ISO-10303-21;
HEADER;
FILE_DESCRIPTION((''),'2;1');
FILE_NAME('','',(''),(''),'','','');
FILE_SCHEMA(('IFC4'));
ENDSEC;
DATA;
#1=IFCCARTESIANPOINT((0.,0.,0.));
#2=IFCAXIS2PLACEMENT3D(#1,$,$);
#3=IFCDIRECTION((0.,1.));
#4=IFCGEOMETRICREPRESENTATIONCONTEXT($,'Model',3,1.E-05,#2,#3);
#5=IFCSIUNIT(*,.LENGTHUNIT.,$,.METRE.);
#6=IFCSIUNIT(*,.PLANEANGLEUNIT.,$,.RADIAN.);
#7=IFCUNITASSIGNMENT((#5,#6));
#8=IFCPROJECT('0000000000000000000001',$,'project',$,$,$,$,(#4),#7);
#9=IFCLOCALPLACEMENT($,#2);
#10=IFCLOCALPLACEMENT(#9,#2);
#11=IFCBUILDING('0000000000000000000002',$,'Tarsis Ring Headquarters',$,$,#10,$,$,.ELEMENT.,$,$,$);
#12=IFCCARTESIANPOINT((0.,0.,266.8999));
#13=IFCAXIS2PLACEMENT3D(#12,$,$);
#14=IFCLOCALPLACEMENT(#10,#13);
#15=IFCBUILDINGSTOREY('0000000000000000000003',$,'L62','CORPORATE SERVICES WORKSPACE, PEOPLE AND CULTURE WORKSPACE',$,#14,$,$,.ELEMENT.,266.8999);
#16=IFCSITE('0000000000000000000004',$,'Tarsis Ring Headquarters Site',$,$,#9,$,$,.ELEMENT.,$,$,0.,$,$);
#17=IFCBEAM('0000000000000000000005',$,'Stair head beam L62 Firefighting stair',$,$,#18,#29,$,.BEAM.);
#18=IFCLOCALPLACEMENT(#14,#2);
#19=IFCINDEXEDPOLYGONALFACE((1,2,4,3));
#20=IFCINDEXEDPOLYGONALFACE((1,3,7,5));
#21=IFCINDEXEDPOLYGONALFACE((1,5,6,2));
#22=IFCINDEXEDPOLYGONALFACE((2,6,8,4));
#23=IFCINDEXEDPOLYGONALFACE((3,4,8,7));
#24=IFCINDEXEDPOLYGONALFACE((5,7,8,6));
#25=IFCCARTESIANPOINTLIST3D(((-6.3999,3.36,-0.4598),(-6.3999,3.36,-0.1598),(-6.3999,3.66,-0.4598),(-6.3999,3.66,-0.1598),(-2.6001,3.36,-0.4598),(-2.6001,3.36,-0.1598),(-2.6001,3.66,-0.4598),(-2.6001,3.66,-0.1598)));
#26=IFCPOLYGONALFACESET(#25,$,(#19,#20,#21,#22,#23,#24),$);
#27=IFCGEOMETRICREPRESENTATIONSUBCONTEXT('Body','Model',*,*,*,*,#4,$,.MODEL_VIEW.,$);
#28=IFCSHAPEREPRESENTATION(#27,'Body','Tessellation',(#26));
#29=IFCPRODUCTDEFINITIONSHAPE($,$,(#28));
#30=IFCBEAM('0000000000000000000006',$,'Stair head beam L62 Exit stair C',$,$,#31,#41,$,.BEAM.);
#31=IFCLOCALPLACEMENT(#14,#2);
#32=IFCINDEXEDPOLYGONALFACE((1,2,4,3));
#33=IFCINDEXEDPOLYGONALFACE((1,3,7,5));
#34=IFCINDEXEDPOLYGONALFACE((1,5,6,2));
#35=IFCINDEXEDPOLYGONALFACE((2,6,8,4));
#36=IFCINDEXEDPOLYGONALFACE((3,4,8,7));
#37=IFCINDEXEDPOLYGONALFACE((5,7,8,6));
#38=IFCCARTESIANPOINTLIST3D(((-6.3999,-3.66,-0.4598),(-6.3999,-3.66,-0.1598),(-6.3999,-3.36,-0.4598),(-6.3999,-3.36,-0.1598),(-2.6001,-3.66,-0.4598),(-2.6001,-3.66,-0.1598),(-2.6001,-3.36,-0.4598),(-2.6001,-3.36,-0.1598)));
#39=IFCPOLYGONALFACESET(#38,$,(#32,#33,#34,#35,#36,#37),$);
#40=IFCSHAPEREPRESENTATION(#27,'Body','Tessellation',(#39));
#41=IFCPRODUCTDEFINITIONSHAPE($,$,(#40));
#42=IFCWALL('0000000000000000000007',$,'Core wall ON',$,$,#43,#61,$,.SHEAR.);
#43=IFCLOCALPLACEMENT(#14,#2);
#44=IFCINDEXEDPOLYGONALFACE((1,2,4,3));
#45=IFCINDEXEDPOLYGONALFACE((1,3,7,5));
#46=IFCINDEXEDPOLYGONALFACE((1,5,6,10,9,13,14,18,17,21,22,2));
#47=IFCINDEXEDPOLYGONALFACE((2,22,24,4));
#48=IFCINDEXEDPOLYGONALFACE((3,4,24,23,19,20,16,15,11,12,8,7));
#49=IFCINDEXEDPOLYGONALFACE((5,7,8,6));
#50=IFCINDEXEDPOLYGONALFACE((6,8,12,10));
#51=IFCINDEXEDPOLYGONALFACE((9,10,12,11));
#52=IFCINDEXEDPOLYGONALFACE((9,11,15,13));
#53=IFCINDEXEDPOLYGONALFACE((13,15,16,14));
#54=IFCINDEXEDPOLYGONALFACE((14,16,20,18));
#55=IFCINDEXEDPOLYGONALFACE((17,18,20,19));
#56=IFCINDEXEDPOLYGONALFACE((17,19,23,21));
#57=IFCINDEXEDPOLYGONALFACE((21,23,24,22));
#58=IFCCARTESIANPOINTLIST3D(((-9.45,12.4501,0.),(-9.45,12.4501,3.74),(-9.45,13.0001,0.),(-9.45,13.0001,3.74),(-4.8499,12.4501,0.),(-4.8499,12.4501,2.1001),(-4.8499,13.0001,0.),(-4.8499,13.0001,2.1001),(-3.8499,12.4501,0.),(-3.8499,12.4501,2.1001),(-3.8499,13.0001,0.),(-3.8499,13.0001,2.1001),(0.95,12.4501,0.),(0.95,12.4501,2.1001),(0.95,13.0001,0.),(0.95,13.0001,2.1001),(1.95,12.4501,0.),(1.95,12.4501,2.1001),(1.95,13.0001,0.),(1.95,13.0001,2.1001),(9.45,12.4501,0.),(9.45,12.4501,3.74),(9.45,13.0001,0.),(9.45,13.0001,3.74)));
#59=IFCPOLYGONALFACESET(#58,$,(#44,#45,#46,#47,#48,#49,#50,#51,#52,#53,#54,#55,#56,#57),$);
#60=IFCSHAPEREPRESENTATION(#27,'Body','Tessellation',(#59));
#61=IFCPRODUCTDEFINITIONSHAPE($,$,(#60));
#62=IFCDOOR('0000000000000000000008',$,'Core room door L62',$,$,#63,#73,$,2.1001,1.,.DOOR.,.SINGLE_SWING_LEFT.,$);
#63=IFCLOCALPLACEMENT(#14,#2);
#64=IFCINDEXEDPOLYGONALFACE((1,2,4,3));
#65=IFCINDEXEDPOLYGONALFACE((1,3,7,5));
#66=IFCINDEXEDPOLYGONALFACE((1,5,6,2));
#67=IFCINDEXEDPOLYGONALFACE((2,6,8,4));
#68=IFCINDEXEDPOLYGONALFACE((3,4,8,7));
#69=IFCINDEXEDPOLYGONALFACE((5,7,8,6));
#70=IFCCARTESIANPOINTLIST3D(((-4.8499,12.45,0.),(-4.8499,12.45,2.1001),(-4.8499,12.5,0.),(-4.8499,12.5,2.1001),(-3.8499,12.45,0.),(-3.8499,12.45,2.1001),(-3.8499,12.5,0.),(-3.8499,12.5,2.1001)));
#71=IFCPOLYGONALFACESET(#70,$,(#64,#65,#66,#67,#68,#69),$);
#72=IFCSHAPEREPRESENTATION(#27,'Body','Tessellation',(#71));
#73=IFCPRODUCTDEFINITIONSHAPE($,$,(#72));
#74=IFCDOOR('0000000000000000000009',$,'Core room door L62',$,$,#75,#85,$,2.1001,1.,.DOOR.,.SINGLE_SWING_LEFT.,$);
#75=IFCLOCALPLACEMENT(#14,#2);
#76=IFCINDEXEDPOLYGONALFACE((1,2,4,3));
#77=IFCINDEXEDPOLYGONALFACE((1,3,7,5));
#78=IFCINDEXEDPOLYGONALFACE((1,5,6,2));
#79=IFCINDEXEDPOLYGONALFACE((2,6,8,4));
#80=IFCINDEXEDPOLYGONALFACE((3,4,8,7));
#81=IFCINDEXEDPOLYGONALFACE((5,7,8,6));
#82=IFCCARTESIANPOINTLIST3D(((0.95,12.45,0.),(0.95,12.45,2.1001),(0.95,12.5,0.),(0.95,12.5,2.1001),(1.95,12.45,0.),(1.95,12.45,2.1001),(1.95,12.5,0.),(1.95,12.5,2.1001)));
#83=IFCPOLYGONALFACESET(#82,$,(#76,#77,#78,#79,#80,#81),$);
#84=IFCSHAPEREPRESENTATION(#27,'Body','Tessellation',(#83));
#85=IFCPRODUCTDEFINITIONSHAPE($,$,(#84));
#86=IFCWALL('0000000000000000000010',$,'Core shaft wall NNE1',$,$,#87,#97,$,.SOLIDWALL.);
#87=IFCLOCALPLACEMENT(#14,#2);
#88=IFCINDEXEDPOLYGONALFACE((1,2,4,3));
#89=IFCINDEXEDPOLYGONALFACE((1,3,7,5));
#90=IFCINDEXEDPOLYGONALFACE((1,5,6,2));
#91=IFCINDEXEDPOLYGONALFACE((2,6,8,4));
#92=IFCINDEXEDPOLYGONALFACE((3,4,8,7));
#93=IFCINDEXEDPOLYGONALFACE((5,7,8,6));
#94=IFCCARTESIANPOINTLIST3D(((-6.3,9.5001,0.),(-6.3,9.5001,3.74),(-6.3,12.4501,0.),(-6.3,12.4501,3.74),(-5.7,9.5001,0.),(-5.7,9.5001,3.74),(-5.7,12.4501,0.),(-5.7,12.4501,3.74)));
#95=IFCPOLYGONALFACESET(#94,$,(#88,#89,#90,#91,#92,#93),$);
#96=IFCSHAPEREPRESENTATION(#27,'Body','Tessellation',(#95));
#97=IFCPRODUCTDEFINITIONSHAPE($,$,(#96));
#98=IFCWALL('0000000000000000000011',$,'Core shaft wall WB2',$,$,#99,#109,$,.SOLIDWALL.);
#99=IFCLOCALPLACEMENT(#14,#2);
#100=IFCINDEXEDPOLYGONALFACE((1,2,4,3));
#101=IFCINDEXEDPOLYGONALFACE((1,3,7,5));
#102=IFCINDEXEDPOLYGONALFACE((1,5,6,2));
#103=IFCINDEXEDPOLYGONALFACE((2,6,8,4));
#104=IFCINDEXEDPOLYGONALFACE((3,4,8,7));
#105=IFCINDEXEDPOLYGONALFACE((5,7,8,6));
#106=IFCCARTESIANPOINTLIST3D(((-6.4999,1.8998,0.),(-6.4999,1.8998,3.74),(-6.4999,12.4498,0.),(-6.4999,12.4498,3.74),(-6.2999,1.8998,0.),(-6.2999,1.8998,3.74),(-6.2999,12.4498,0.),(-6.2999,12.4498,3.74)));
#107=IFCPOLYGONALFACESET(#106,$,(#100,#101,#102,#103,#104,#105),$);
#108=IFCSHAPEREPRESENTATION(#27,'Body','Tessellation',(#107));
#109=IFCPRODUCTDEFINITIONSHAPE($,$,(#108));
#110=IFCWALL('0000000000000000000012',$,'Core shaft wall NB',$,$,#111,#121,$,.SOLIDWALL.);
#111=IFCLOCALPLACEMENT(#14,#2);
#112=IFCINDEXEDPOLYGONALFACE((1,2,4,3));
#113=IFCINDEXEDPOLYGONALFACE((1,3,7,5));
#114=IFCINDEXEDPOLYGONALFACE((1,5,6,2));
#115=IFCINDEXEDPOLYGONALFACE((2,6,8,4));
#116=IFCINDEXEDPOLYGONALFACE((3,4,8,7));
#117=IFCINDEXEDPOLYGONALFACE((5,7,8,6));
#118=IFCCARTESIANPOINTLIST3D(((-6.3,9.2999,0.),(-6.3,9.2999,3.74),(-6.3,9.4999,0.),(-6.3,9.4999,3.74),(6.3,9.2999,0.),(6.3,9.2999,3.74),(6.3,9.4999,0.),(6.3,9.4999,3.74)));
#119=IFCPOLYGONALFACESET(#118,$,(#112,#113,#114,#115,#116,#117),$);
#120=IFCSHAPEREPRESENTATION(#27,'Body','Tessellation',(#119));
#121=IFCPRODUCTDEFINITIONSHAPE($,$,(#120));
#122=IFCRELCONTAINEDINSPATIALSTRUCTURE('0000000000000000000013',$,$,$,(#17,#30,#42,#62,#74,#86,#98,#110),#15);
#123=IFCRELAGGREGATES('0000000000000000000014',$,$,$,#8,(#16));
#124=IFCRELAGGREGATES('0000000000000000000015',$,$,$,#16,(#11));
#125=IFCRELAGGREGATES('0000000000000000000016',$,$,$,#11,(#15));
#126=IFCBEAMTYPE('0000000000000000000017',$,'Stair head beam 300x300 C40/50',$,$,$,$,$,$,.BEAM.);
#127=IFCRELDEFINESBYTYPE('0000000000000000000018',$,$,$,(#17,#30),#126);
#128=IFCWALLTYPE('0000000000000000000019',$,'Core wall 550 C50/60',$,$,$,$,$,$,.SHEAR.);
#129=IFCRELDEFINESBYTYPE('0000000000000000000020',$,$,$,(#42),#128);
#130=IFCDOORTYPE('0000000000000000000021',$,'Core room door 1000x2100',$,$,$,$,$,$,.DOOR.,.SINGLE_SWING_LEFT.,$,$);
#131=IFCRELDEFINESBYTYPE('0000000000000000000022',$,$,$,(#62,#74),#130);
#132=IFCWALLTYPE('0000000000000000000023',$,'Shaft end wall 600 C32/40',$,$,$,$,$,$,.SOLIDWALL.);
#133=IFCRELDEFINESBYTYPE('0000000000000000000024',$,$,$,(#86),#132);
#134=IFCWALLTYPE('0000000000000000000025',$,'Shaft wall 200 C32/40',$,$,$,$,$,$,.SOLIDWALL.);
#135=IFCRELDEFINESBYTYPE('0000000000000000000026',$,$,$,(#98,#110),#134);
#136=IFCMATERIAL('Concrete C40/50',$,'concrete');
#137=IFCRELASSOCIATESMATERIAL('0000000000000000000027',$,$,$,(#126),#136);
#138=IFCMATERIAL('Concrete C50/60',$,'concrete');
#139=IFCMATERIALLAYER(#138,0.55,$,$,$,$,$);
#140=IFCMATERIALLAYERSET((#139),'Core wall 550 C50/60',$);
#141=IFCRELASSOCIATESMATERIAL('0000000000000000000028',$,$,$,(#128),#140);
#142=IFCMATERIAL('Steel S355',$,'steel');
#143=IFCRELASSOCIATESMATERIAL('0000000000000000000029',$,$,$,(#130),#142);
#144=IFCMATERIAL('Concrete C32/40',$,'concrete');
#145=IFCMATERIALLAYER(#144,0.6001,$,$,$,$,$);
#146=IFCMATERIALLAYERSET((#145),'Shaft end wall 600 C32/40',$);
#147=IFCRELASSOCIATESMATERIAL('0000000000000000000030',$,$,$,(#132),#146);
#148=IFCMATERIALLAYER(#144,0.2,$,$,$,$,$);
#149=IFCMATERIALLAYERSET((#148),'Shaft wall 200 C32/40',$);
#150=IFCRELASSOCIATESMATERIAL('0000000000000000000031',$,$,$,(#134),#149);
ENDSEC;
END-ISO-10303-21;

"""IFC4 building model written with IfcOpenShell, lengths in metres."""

from ifc_helpers import new_model, si_unit, direction, frame, frame_2d, origin, origin_2d, place, context, subcontext, project, spatial, rectangle, extrude, material, layer, layer_set, material_profile, profile_set, type_object, element, fill, save


model = new_model("IFC4")

# Units and contexts
model_context = context("Model", 3, precision=1e-05, world=origin(), true_north=direction((0.0, 1.0)))
body_context = subcontext(model_context, "Body", "Model", "MODEL_VIEW")
ifc_project = project(units=[si_unit("LENGTHUNIT", "METRE"), si_unit("PLANEANGLEUNIT", "RADIAN")], contexts=[model_context])

# Site, building, storey
site_placement = place(None, origin())
site = spatial("IfcSite", under=ifc_project, at=site_placement, Name="Tarsis Ring Headquarters Site", CompositionType="ELEMENT", RefElevation=0.0)
building_placement = place(site_placement, origin())
building = spatial("IfcBuilding", under=site, at=building_placement, Name="Tarsis Ring Headquarters", CompositionType="ELEMENT")
storey_placement = place(building_placement, frame((0.0, 0.0, 266.8999)))
storey = spatial("IfcBuildingStorey", under=building, at=storey_placement, Name="L62", Description="CORPORATE SERVICES WORKSPACE, PEOPLE AND CULTURE WORKSPACE", CompositionType="ELEMENT", Elevation=266.8999)

# Beams
ifc_material_1 = material(Name="Concrete C40/50", Category="concrete")
ifc_material_profile = material_profile(ifc_material_1, rectangle(XDim=0.3, YDim=0.3, at=origin_2d()), Name="Stair head beam 300x300 C40/50")
ifc_profile_set = profile_set([ifc_material_profile], Name="Concrete C40/50")
beam_type = type_object("IfcBeamType", Name="Stair head beam 300x300 C40/50", PredefinedType="BEAM", material=ifc_profile_set)
for number, where, z_axis, x_axis, name in (
    (1, (-6.3999, 3.51, -0.3098), (1.0, 0.0, 0.0), (0.0, 1.0, 0.0), "Stair head beam L62 Firefighting stair"),
    (2, (-6.3999, -3.51, -0.3098), (1.0, 0.0, 0.0), (0.0, 1.0, 0.0), "Stair head beam L62 Exit stair C"),
):
    element("IfcBeam", number, at=place(storey_placement, frame(where, z_axis=z_axis, x_axis=x_axis)), inside=storey, type_object=beam_type, Name=name, PredefinedType="BEAM", context=body_context, shape_type="SweptSolid", body=[
        extrude(rectangle(XDim=0.3, YDim=0.3, at=origin_2d()), origin(), (0.0, 0.0, 1.0), 3.7998),
    ])

# Wall, openings, doors
ifc_material_2 = material(Name="Concrete C50/60", Category="concrete")
ifc_layer_1 = layer(ifc_material_2, 0.55)
ifc_layer_set_1 = layer_set([ifc_layer_1], Name="Core wall 550 C50/60")
wall_type_1 = type_object("IfcWallType", Name="Core wall 550 C50/60", PredefinedType="SHEAR", material=ifc_layer_set_1)
wall_1_placement = place(storey_placement, frame((-9.45, 12.7251, 0.0), z_axis=(0.0, 0.0, 1.0), x_axis=(1.0, 0.0, 0.0)))
wall_1 = element("IfcWall", 3, at=wall_1_placement, inside=storey, type_object=wall_type_1, Name="Core wall ON", PredefinedType="SHEAR", context=body_context, shape_type="SweptSolid", body=[
    extrude(rectangle(XDim=18.8999, YDim=0.55, at=frame_2d((9.45, 0.0))), origin(), (0.0, 0.0, 1.0), 3.74),
])
opening_1_placement = place(wall_1_placement, frame((4.6001, 0.0, 0.0)))
opening_1 = element("IfcOpeningElement", 4, at=opening_1_placement, cuts=wall_1, PredefinedType="OPENING", context=body_context, shape_type="SweptSolid", body=[
    extrude(rectangle(XDim=1.0, YDim=2.1001, at=frame_2d((0.5, 1.05))), frame((0.0, 0.2849, 0.0), z_axis=(0.0, -1.0, 0.0), x_axis=(1.0, 0.0, 0.0)), (0.0, 0.0, 1.0), 0.5701),
])
opening_2_placement = place(wall_1_placement, frame((10.3999, 0.0, 0.0)))
opening_2 = element("IfcOpeningElement", 5, at=opening_2_placement, cuts=wall_1, PredefinedType="OPENING", context=body_context, shape_type="SweptSolid", body=[
    extrude(rectangle(XDim=1.0, YDim=2.1001, at=frame_2d((0.5, 1.05))), frame((0.0, 0.2849, 0.0), z_axis=(0.0, -1.0, 0.0), x_axis=(1.0, 0.0, 0.0)), (0.0, 0.0, 1.0), 0.5701),
])
ifc_material_3 = material(Name="Steel S355", Category="steel")
door_type = type_object("IfcDoorType", Name="Core room door 1000x2100", OperationType="SINGLE_SWING_LEFT", PredefinedType="DOOR", material=ifc_material_3)
door_1_placement = place(opening_1_placement, origin())
door_1 = element("IfcDoor", 6, at=door_1_placement, inside=storey, type_object=door_type, Name="Core room door L62", OperationType="SINGLE_SWING_LEFT", OverallHeight=2.1001, OverallWidth=1.0, PredefinedType="DOOR", context=body_context, shape_type="SweptSolid", body=[
    extrude(rectangle(XDim=1.0, YDim=2.1001, at=frame_2d((0.5, 1.05))), frame((0.0, -0.2251, 0.0), z_axis=(0.0, -1.0, 0.0), x_axis=(1.0, 0.0, 0.0)), (0.0, 0.0, 1.0), 0.05),
])
fill(opening_1, door_1)
door_2_placement = place(opening_2_placement, origin())
door_2 = element("IfcDoor", 7, at=door_2_placement, inside=storey, type_object=door_type, Name="Core room door L62", OperationType="SINGLE_SWING_LEFT", OverallHeight=2.1001, OverallWidth=1.0, PredefinedType="DOOR", context=body_context, shape_type="SweptSolid", body=[
    extrude(rectangle(XDim=1.0, YDim=2.1001, at=frame_2d((0.5, 1.05))), frame((0.0, -0.2251, 0.0), z_axis=(0.0, -1.0, 0.0), x_axis=(1.0, 0.0, 0.0)), (0.0, 0.0, 1.0), 0.05),
])
fill(opening_2, door_2)

# Walls
ifc_material_4 = material(Name="Concrete C32/40", Category="concrete")
ifc_layer_2 = layer(ifc_material_4, 0.6001)
ifc_layer_set_2 = layer_set([ifc_layer_2], Name="Shaft end wall 600 C32/40")
wall_type_2 = type_object("IfcWallType", Name="Shaft end wall 600 C32/40", PredefinedType="SOLIDWALL", material=ifc_layer_set_2)
wall_2_placement = place(storey_placement, frame((-6.0, 9.5, 0.0), z_axis=(0.0, 0.0, 1.0), x_axis=(0.0, 1.0, 0.0)))
element("IfcWall", 8, at=wall_2_placement, inside=storey, type_object=wall_type_2, Name="Core shaft wall NNE1", PredefinedType="SOLIDWALL", context=body_context, shape_type="SweptSolid", body=[
    extrude(rectangle(XDim=2.95, YDim=0.6001, at=frame_2d((1.4751, 0.0))), origin(), (0.0, 0.0, 1.0), 3.74),
])
ifc_layer_3 = layer(ifc_material_4, 0.2)
ifc_layer_set_3 = layer_set([ifc_layer_3], Name="Shaft wall 200 C32/40")
wall_type_3 = type_object("IfcWallType", Name="Shaft wall 200 C32/40", PredefinedType="SOLIDWALL", material=ifc_layer_set_3)
wall_3_placement = place(storey_placement, frame((-6.3999, 1.8999, 0.0), z_axis=(0.0, 0.0, 1.0), x_axis=(0.0, 1.0, 0.0)))
element("IfcWall", 9, at=wall_3_placement, inside=storey, type_object=wall_type_3, Name="Core shaft wall WB2", PredefinedType="SOLIDWALL", context=body_context, shape_type="SweptSolid", body=[
    extrude(rectangle(XDim=10.55, YDim=0.2, at=frame_2d((5.2749, 0.0))), origin(), (0.0, 0.0, 1.0), 3.74),
])
wall_4_placement = place(storey_placement, frame((-6.3, 9.3999, 0.0), z_axis=(0.0, 0.0, 1.0), x_axis=(1.0, 0.0, 0.0)))
element("IfcWall", 10, at=wall_4_placement, inside=storey, type_object=wall_type_3, Name="Core shaft wall NB", PredefinedType="SOLIDWALL", context=body_context, shape_type="SweptSolid", body=[
    extrude(rectangle(XDim=12.6001, YDim=0.2, at=frame_2d((6.3, 0.0))), origin(), (0.0, 0.0, 1.0), 3.74),
])

save(model, "model.ifc")
